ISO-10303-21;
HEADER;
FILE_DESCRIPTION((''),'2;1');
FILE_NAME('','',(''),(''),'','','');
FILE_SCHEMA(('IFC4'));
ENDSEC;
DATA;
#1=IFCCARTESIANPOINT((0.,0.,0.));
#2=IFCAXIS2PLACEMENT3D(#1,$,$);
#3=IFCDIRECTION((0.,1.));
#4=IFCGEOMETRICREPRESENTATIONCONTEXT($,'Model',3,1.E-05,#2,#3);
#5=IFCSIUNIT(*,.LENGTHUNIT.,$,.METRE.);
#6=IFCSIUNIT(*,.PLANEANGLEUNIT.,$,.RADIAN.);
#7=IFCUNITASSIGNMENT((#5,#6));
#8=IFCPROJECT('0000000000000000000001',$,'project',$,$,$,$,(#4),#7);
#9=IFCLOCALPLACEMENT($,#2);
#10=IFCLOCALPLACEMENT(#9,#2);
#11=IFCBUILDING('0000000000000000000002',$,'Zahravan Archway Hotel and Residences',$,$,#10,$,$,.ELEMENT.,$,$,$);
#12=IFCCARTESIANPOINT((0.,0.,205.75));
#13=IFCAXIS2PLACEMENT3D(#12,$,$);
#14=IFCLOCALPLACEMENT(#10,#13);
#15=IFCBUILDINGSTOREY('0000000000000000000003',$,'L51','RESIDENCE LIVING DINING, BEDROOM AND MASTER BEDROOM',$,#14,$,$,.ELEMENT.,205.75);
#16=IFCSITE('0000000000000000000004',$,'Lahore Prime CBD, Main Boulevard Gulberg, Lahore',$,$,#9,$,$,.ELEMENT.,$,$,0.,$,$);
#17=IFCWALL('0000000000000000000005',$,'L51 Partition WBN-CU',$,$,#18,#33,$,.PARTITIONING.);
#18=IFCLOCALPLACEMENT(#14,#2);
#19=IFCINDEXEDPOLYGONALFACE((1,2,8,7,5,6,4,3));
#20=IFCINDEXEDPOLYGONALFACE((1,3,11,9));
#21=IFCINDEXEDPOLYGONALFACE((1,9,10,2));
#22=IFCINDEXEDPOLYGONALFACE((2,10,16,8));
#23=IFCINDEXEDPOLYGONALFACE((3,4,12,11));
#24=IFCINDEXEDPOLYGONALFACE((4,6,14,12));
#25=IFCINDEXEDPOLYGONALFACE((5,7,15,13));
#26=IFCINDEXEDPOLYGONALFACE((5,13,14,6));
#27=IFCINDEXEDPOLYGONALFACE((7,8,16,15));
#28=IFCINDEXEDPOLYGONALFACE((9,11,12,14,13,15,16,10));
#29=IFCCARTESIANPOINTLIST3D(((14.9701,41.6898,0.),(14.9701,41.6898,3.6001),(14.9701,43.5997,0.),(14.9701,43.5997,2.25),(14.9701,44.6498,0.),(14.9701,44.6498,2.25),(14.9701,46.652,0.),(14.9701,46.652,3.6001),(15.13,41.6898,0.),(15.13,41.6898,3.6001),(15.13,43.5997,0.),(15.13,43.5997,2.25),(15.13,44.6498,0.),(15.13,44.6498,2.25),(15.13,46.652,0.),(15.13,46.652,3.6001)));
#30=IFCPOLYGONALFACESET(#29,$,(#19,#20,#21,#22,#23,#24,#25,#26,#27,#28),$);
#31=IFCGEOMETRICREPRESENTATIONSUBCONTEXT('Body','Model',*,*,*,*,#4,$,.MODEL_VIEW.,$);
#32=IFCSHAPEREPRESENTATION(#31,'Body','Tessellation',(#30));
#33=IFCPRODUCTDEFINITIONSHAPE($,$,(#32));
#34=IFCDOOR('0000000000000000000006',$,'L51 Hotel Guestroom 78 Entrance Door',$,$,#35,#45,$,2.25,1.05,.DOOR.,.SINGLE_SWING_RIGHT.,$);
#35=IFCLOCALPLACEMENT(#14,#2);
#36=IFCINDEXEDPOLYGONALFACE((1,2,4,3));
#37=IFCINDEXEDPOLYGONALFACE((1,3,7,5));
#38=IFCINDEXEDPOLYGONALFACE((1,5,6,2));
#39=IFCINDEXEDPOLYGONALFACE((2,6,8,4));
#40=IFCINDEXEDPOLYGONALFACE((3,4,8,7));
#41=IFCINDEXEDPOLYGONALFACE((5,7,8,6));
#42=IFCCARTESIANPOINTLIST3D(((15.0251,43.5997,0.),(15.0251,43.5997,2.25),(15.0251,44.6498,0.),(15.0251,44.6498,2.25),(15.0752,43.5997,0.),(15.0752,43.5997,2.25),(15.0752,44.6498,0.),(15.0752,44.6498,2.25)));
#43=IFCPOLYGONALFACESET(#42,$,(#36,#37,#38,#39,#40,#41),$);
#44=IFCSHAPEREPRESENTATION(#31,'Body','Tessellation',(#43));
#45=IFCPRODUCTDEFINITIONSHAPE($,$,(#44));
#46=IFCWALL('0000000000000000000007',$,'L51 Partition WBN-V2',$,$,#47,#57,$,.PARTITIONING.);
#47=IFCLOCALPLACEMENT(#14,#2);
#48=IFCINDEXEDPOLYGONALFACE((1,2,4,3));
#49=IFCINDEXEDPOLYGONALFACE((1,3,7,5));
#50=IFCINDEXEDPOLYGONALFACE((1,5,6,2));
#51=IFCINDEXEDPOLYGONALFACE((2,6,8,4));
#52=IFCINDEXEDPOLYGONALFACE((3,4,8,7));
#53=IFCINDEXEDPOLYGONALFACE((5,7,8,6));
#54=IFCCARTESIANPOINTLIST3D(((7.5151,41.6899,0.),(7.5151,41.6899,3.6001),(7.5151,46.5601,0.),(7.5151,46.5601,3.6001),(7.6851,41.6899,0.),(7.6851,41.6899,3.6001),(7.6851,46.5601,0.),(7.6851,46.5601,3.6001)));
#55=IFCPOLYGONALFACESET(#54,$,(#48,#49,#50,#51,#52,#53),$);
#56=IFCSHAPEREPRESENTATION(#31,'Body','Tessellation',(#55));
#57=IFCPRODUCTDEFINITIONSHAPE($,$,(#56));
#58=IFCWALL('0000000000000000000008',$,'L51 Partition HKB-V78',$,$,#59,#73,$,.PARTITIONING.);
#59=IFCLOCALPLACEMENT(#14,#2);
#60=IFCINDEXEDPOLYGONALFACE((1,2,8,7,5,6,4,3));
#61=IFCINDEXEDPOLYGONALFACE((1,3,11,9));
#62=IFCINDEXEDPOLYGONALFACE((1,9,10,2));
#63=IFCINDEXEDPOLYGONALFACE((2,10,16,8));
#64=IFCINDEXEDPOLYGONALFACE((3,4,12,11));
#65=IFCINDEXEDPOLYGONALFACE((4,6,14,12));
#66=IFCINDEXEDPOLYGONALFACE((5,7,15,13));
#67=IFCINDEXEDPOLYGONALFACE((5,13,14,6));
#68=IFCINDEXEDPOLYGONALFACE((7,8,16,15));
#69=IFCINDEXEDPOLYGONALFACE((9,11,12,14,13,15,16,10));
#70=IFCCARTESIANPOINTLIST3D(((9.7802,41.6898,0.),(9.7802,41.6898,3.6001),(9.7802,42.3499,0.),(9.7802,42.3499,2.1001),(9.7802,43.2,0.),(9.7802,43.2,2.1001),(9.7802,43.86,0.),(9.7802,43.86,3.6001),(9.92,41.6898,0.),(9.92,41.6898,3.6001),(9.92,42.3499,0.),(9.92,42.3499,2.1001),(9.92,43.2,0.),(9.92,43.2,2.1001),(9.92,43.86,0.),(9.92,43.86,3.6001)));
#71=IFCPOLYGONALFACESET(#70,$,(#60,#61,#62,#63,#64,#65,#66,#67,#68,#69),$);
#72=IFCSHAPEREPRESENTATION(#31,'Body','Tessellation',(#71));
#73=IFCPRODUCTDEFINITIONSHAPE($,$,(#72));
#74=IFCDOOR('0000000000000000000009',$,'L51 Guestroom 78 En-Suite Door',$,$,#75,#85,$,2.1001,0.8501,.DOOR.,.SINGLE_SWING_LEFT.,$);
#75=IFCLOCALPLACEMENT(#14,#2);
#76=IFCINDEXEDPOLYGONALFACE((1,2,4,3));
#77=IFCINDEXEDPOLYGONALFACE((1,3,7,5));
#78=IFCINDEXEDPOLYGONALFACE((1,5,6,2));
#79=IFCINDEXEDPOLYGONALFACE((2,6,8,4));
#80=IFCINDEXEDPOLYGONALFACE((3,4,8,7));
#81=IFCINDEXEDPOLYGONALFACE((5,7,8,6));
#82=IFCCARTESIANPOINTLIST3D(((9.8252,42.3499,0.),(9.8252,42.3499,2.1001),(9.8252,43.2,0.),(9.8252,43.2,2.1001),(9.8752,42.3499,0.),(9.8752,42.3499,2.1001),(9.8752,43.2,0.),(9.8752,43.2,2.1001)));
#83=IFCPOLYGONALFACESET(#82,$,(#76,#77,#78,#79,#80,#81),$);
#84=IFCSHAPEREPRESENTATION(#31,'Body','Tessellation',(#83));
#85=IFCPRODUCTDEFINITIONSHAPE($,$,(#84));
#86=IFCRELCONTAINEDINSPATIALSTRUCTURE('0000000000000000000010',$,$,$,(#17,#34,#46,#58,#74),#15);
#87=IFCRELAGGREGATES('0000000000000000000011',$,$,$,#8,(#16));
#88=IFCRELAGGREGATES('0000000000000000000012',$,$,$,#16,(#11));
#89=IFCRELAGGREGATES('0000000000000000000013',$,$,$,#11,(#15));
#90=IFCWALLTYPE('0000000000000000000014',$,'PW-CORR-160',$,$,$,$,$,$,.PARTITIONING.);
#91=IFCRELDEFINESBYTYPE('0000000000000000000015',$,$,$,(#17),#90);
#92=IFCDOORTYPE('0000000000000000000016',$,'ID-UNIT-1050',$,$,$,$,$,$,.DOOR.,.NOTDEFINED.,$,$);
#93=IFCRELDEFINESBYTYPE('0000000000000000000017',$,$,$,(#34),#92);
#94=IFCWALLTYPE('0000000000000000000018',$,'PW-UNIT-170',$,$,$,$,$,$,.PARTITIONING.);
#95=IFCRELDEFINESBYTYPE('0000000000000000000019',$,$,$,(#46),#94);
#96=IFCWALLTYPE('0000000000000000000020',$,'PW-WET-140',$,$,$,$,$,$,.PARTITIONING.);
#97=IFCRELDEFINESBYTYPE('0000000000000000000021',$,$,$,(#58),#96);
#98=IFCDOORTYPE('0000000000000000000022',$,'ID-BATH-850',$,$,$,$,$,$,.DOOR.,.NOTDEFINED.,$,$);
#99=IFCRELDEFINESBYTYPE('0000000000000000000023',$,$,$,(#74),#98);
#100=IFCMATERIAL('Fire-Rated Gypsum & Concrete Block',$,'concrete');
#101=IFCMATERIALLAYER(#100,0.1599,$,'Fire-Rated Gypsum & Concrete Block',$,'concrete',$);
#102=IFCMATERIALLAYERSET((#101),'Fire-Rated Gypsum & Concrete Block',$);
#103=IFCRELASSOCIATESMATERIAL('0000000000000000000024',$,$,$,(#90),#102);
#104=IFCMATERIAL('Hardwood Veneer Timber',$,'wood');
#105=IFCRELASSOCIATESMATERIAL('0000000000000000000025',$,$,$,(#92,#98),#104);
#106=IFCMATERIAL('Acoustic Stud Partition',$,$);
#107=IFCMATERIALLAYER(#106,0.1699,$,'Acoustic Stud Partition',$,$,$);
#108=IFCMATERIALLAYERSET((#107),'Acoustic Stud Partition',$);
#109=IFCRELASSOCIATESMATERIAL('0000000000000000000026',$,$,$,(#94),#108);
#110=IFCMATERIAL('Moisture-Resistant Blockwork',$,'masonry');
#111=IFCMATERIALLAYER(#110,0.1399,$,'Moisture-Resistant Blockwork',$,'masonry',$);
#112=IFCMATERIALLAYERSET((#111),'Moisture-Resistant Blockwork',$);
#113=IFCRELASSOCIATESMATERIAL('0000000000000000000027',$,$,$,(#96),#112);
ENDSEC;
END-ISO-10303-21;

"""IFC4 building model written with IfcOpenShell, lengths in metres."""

from ifc_helpers import new_model, si_unit, direction, frame, frame_2d, origin, place, context, subcontext, project, spatial, rectangle, extrude, source, transform, mapped, material, layer, layer_set, type_object, type_shapes, element, fill, save


model = new_model("IFC4")

# Units and contexts
model_context = context("Model", 3, precision=1e-05, world=origin(), true_north=direction((0.0, 1.0)))
body_context = subcontext(model_context, "Body", "Model", "MODEL_VIEW")
ifc_project = project(units=[si_unit("LENGTHUNIT", "METRE"), si_unit("PLANEANGLEUNIT", "RADIAN")], contexts=[model_context])

# Site, building, storey
site_placement = place(None, origin())
site = spatial("IfcSite", under=ifc_project, at=site_placement, Name="Lahore Prime CBD, Main Boulevard Gulberg, Lahore", CompositionType="ELEMENT", RefElevation=0.0)
building_placement = place(site_placement, origin())
building = spatial("IfcBuilding", under=site, at=building_placement, Name="Zahravan Archway Hotel and Residences", CompositionType="ELEMENT")
storey_placement = place(building_placement, frame((0.0, 0.0, 205.75)))
storey = spatial("IfcBuildingStorey", under=building, at=storey_placement, Name="L51", Description="RESIDENCE LIVING DINING, BEDROOM AND MASTER BEDROOM", CompositionType="ELEMENT", Elevation=205.75)

# Wall, opening, door
ifc_material_1 = material(Name="Fire-Rated Gypsum & Concrete Block", Category="concrete")
ifc_layer_1 = layer(ifc_material_1, 0.1599, Name="Fire-Rated Gypsum & Concrete Block", Category="concrete")
ifc_layer_set_1 = layer_set([ifc_layer_1], Name="Fire-Rated Gypsum & Concrete Block")
wall_type_1 = type_object("IfcWallType", Name="PW-CORR-160", PredefinedType="PARTITIONING", material=ifc_layer_set_1)
wall_1_placement = place(storey_placement, frame((15.05, 41.6899, 0.0), z_axis=(0.0, 0.0, 1.0), x_axis=(0.0, 1.0, 0.0)))
wall_1 = element("IfcWall", 1, at=wall_1_placement, inside=storey, type_object=wall_type_1, Name="L51 Partition WBN-CU", PredefinedType="PARTITIONING", context=body_context, shape_type="SweptSolid", body=[
    extrude(rectangle(XDim=4.9622, YDim=0.1599, at=frame_2d((2.481, 0.0))), origin(), (0.0, 0.0, 1.0), 3.6001),
])
opening_1_placement = place(wall_1_placement, frame((1.9099, 0.0, 0.0)))
opening_1 = element("IfcOpeningElement", 2, at=opening_1_placement, cuts=wall_1, PredefinedType="OPENING", context=body_context, shape_type="SweptSolid", body=[
    extrude(rectangle(XDim=1.05, YDim=2.25, at=frame_2d((0.5249, 1.125))), frame((0.0, 0.0898, 0.0), z_axis=(0.0, -1.0, 0.0), x_axis=(1.0, 0.0, 0.0)), (0.0, 0.0, 1.0), 0.1799),
])
ifc_material_2 = material(Name="Hardwood Veneer Timber", Category="wood")
door_type_1 = type_object("IfcDoorType", Name="ID-UNIT-1050", OperationType="NOTDEFINED", PredefinedType="DOOR", material=ifc_material_2)
shared_shape_1 = source(origin(), body_context, "Body", "SweptSolid", [
    extrude(rectangle(XDim=1.05, YDim=2.25, at=frame_2d((0.5249, 1.125))), frame((0.0, 0.0249, 0.0), z_axis=(0.0, -1.0, 0.0), x_axis=(1.0, 0.0, 0.0)), (0.0, 0.0, 1.0), 0.05),
])
type_shapes(door_type_1, [shared_shape_1])
door_1_placement = place(opening_1_placement, origin())
door_1 = element("IfcDoor", 3, at=door_1_placement, inside=storey, type_object=door_type_1, Name="L51 Hotel Guestroom 78 Entrance Door", OperationType="SINGLE_SWING_RIGHT", OverallHeight=2.25, OverallWidth=1.05, PredefinedType="DOOR", context=body_context, shape_type="MappedRepresentation", body=[
    mapped(shared_shape_1, transform((0.0, 0.0, 0.0), scale=1.0)),
])
fill(opening_1, door_1)

# Wall
ifc_material_3 = material(Name="Acoustic Stud Partition")
ifc_layer_2 = layer(ifc_material_3, 0.1699, Name="Acoustic Stud Partition")
ifc_layer_set_2 = layer_set([ifc_layer_2], Name="Acoustic Stud Partition")
wall_type_2 = type_object("IfcWallType", Name="PW-UNIT-170", PredefinedType="PARTITIONING", material=ifc_layer_set_2)
wall_2_placement = place(storey_placement, frame((7.6001, 41.6899, 0.0), z_axis=(0.0, 0.0, 1.0), x_axis=(0.0, 1.0, 0.0)))
element("IfcWall", 4, at=wall_2_placement, inside=storey, type_object=wall_type_2, Name="L51 Partition WBN-V2", PredefinedType="PARTITIONING", context=body_context, shape_type="SweptSolid", body=[
    extrude(rectangle(XDim=4.8701, YDim=0.1699, at=frame_2d((2.4351, 0.0))), origin(), (0.0, 0.0, 1.0), 3.6001),
])
ifc_material_4 = material(Name="Moisture-Resistant Blockwork", Category="masonry")
ifc_layer_3 = layer(ifc_material_4, 0.1399, Name="Moisture-Resistant Blockwork", Category="masonry")
ifc_layer_set_3 = layer_set([ifc_layer_3], Name="Moisture-Resistant Blockwork")
wall_type_3 = type_object("IfcWallType", Name="PW-WET-140", PredefinedType="PARTITIONING", material=ifc_layer_set_3)

# Wall, opening, door
wall_3_placement = place(storey_placement, frame((9.8501, 41.6899, 0.0), z_axis=(0.0, 0.0, 1.0), x_axis=(0.0, 1.0, 0.0)))
wall_3 = element("IfcWall", 5, at=wall_3_placement, inside=storey, type_object=wall_type_3, Name="L51 Partition HKB-V78", PredefinedType="PARTITIONING", context=body_context, shape_type="SweptSolid", body=[
    extrude(rectangle(XDim=2.1702, YDim=0.1399, at=frame_2d((1.085, 0.0))), origin(), (0.0, 0.0, 1.0), 3.6001),
])
opening_2_placement = place(wall_3_placement, frame((0.6599, 0.0, 0.0)))
opening_2 = element("IfcOpeningElement", 6, at=opening_2_placement, cuts=wall_3, PredefinedType="OPENING", context=body_context, shape_type="SweptSolid", body=[
    extrude(rectangle(XDim=0.8501, YDim=2.1001, at=frame_2d((0.425, 1.05))), frame((0.0, 0.0801, 0.0), z_axis=(0.0, -1.0, 0.0), x_axis=(1.0, 0.0, 0.0)), (0.0, 0.0, 1.0), 0.1599),
])
door_type_2 = type_object("IfcDoorType", Name="ID-BATH-850", OperationType="NOTDEFINED", PredefinedType="DOOR", material=ifc_material_2)
shared_shape_2 = source(origin(), body_context, "Body", "SweptSolid", [
    extrude(rectangle(XDim=0.8501, YDim=2.1001, at=frame_2d((0.425, 1.05))), frame((0.0, 0.0249, 0.0), z_axis=(0.0, -1.0, 0.0), x_axis=(1.0, 0.0, 0.0)), (0.0, 0.0, 1.0), 0.05),
])
type_shapes(door_type_2, [shared_shape_2])
door_2_placement = place(opening_2_placement, origin())
door_2 = element("IfcDoor", 7, at=door_2_placement, inside=storey, type_object=door_type_2, Name="L51 Guestroom 78 En-Suite Door", OperationType="SINGLE_SWING_LEFT", OverallHeight=2.1001, OverallWidth=0.8501, PredefinedType="DOOR", context=body_context, shape_type="MappedRepresentation", body=[
    mapped(shared_shape_2, transform((0.0, 0.0, 0.0), scale=1.0)),
])
fill(opening_2, door_2)

save(model, "model.ifc")
